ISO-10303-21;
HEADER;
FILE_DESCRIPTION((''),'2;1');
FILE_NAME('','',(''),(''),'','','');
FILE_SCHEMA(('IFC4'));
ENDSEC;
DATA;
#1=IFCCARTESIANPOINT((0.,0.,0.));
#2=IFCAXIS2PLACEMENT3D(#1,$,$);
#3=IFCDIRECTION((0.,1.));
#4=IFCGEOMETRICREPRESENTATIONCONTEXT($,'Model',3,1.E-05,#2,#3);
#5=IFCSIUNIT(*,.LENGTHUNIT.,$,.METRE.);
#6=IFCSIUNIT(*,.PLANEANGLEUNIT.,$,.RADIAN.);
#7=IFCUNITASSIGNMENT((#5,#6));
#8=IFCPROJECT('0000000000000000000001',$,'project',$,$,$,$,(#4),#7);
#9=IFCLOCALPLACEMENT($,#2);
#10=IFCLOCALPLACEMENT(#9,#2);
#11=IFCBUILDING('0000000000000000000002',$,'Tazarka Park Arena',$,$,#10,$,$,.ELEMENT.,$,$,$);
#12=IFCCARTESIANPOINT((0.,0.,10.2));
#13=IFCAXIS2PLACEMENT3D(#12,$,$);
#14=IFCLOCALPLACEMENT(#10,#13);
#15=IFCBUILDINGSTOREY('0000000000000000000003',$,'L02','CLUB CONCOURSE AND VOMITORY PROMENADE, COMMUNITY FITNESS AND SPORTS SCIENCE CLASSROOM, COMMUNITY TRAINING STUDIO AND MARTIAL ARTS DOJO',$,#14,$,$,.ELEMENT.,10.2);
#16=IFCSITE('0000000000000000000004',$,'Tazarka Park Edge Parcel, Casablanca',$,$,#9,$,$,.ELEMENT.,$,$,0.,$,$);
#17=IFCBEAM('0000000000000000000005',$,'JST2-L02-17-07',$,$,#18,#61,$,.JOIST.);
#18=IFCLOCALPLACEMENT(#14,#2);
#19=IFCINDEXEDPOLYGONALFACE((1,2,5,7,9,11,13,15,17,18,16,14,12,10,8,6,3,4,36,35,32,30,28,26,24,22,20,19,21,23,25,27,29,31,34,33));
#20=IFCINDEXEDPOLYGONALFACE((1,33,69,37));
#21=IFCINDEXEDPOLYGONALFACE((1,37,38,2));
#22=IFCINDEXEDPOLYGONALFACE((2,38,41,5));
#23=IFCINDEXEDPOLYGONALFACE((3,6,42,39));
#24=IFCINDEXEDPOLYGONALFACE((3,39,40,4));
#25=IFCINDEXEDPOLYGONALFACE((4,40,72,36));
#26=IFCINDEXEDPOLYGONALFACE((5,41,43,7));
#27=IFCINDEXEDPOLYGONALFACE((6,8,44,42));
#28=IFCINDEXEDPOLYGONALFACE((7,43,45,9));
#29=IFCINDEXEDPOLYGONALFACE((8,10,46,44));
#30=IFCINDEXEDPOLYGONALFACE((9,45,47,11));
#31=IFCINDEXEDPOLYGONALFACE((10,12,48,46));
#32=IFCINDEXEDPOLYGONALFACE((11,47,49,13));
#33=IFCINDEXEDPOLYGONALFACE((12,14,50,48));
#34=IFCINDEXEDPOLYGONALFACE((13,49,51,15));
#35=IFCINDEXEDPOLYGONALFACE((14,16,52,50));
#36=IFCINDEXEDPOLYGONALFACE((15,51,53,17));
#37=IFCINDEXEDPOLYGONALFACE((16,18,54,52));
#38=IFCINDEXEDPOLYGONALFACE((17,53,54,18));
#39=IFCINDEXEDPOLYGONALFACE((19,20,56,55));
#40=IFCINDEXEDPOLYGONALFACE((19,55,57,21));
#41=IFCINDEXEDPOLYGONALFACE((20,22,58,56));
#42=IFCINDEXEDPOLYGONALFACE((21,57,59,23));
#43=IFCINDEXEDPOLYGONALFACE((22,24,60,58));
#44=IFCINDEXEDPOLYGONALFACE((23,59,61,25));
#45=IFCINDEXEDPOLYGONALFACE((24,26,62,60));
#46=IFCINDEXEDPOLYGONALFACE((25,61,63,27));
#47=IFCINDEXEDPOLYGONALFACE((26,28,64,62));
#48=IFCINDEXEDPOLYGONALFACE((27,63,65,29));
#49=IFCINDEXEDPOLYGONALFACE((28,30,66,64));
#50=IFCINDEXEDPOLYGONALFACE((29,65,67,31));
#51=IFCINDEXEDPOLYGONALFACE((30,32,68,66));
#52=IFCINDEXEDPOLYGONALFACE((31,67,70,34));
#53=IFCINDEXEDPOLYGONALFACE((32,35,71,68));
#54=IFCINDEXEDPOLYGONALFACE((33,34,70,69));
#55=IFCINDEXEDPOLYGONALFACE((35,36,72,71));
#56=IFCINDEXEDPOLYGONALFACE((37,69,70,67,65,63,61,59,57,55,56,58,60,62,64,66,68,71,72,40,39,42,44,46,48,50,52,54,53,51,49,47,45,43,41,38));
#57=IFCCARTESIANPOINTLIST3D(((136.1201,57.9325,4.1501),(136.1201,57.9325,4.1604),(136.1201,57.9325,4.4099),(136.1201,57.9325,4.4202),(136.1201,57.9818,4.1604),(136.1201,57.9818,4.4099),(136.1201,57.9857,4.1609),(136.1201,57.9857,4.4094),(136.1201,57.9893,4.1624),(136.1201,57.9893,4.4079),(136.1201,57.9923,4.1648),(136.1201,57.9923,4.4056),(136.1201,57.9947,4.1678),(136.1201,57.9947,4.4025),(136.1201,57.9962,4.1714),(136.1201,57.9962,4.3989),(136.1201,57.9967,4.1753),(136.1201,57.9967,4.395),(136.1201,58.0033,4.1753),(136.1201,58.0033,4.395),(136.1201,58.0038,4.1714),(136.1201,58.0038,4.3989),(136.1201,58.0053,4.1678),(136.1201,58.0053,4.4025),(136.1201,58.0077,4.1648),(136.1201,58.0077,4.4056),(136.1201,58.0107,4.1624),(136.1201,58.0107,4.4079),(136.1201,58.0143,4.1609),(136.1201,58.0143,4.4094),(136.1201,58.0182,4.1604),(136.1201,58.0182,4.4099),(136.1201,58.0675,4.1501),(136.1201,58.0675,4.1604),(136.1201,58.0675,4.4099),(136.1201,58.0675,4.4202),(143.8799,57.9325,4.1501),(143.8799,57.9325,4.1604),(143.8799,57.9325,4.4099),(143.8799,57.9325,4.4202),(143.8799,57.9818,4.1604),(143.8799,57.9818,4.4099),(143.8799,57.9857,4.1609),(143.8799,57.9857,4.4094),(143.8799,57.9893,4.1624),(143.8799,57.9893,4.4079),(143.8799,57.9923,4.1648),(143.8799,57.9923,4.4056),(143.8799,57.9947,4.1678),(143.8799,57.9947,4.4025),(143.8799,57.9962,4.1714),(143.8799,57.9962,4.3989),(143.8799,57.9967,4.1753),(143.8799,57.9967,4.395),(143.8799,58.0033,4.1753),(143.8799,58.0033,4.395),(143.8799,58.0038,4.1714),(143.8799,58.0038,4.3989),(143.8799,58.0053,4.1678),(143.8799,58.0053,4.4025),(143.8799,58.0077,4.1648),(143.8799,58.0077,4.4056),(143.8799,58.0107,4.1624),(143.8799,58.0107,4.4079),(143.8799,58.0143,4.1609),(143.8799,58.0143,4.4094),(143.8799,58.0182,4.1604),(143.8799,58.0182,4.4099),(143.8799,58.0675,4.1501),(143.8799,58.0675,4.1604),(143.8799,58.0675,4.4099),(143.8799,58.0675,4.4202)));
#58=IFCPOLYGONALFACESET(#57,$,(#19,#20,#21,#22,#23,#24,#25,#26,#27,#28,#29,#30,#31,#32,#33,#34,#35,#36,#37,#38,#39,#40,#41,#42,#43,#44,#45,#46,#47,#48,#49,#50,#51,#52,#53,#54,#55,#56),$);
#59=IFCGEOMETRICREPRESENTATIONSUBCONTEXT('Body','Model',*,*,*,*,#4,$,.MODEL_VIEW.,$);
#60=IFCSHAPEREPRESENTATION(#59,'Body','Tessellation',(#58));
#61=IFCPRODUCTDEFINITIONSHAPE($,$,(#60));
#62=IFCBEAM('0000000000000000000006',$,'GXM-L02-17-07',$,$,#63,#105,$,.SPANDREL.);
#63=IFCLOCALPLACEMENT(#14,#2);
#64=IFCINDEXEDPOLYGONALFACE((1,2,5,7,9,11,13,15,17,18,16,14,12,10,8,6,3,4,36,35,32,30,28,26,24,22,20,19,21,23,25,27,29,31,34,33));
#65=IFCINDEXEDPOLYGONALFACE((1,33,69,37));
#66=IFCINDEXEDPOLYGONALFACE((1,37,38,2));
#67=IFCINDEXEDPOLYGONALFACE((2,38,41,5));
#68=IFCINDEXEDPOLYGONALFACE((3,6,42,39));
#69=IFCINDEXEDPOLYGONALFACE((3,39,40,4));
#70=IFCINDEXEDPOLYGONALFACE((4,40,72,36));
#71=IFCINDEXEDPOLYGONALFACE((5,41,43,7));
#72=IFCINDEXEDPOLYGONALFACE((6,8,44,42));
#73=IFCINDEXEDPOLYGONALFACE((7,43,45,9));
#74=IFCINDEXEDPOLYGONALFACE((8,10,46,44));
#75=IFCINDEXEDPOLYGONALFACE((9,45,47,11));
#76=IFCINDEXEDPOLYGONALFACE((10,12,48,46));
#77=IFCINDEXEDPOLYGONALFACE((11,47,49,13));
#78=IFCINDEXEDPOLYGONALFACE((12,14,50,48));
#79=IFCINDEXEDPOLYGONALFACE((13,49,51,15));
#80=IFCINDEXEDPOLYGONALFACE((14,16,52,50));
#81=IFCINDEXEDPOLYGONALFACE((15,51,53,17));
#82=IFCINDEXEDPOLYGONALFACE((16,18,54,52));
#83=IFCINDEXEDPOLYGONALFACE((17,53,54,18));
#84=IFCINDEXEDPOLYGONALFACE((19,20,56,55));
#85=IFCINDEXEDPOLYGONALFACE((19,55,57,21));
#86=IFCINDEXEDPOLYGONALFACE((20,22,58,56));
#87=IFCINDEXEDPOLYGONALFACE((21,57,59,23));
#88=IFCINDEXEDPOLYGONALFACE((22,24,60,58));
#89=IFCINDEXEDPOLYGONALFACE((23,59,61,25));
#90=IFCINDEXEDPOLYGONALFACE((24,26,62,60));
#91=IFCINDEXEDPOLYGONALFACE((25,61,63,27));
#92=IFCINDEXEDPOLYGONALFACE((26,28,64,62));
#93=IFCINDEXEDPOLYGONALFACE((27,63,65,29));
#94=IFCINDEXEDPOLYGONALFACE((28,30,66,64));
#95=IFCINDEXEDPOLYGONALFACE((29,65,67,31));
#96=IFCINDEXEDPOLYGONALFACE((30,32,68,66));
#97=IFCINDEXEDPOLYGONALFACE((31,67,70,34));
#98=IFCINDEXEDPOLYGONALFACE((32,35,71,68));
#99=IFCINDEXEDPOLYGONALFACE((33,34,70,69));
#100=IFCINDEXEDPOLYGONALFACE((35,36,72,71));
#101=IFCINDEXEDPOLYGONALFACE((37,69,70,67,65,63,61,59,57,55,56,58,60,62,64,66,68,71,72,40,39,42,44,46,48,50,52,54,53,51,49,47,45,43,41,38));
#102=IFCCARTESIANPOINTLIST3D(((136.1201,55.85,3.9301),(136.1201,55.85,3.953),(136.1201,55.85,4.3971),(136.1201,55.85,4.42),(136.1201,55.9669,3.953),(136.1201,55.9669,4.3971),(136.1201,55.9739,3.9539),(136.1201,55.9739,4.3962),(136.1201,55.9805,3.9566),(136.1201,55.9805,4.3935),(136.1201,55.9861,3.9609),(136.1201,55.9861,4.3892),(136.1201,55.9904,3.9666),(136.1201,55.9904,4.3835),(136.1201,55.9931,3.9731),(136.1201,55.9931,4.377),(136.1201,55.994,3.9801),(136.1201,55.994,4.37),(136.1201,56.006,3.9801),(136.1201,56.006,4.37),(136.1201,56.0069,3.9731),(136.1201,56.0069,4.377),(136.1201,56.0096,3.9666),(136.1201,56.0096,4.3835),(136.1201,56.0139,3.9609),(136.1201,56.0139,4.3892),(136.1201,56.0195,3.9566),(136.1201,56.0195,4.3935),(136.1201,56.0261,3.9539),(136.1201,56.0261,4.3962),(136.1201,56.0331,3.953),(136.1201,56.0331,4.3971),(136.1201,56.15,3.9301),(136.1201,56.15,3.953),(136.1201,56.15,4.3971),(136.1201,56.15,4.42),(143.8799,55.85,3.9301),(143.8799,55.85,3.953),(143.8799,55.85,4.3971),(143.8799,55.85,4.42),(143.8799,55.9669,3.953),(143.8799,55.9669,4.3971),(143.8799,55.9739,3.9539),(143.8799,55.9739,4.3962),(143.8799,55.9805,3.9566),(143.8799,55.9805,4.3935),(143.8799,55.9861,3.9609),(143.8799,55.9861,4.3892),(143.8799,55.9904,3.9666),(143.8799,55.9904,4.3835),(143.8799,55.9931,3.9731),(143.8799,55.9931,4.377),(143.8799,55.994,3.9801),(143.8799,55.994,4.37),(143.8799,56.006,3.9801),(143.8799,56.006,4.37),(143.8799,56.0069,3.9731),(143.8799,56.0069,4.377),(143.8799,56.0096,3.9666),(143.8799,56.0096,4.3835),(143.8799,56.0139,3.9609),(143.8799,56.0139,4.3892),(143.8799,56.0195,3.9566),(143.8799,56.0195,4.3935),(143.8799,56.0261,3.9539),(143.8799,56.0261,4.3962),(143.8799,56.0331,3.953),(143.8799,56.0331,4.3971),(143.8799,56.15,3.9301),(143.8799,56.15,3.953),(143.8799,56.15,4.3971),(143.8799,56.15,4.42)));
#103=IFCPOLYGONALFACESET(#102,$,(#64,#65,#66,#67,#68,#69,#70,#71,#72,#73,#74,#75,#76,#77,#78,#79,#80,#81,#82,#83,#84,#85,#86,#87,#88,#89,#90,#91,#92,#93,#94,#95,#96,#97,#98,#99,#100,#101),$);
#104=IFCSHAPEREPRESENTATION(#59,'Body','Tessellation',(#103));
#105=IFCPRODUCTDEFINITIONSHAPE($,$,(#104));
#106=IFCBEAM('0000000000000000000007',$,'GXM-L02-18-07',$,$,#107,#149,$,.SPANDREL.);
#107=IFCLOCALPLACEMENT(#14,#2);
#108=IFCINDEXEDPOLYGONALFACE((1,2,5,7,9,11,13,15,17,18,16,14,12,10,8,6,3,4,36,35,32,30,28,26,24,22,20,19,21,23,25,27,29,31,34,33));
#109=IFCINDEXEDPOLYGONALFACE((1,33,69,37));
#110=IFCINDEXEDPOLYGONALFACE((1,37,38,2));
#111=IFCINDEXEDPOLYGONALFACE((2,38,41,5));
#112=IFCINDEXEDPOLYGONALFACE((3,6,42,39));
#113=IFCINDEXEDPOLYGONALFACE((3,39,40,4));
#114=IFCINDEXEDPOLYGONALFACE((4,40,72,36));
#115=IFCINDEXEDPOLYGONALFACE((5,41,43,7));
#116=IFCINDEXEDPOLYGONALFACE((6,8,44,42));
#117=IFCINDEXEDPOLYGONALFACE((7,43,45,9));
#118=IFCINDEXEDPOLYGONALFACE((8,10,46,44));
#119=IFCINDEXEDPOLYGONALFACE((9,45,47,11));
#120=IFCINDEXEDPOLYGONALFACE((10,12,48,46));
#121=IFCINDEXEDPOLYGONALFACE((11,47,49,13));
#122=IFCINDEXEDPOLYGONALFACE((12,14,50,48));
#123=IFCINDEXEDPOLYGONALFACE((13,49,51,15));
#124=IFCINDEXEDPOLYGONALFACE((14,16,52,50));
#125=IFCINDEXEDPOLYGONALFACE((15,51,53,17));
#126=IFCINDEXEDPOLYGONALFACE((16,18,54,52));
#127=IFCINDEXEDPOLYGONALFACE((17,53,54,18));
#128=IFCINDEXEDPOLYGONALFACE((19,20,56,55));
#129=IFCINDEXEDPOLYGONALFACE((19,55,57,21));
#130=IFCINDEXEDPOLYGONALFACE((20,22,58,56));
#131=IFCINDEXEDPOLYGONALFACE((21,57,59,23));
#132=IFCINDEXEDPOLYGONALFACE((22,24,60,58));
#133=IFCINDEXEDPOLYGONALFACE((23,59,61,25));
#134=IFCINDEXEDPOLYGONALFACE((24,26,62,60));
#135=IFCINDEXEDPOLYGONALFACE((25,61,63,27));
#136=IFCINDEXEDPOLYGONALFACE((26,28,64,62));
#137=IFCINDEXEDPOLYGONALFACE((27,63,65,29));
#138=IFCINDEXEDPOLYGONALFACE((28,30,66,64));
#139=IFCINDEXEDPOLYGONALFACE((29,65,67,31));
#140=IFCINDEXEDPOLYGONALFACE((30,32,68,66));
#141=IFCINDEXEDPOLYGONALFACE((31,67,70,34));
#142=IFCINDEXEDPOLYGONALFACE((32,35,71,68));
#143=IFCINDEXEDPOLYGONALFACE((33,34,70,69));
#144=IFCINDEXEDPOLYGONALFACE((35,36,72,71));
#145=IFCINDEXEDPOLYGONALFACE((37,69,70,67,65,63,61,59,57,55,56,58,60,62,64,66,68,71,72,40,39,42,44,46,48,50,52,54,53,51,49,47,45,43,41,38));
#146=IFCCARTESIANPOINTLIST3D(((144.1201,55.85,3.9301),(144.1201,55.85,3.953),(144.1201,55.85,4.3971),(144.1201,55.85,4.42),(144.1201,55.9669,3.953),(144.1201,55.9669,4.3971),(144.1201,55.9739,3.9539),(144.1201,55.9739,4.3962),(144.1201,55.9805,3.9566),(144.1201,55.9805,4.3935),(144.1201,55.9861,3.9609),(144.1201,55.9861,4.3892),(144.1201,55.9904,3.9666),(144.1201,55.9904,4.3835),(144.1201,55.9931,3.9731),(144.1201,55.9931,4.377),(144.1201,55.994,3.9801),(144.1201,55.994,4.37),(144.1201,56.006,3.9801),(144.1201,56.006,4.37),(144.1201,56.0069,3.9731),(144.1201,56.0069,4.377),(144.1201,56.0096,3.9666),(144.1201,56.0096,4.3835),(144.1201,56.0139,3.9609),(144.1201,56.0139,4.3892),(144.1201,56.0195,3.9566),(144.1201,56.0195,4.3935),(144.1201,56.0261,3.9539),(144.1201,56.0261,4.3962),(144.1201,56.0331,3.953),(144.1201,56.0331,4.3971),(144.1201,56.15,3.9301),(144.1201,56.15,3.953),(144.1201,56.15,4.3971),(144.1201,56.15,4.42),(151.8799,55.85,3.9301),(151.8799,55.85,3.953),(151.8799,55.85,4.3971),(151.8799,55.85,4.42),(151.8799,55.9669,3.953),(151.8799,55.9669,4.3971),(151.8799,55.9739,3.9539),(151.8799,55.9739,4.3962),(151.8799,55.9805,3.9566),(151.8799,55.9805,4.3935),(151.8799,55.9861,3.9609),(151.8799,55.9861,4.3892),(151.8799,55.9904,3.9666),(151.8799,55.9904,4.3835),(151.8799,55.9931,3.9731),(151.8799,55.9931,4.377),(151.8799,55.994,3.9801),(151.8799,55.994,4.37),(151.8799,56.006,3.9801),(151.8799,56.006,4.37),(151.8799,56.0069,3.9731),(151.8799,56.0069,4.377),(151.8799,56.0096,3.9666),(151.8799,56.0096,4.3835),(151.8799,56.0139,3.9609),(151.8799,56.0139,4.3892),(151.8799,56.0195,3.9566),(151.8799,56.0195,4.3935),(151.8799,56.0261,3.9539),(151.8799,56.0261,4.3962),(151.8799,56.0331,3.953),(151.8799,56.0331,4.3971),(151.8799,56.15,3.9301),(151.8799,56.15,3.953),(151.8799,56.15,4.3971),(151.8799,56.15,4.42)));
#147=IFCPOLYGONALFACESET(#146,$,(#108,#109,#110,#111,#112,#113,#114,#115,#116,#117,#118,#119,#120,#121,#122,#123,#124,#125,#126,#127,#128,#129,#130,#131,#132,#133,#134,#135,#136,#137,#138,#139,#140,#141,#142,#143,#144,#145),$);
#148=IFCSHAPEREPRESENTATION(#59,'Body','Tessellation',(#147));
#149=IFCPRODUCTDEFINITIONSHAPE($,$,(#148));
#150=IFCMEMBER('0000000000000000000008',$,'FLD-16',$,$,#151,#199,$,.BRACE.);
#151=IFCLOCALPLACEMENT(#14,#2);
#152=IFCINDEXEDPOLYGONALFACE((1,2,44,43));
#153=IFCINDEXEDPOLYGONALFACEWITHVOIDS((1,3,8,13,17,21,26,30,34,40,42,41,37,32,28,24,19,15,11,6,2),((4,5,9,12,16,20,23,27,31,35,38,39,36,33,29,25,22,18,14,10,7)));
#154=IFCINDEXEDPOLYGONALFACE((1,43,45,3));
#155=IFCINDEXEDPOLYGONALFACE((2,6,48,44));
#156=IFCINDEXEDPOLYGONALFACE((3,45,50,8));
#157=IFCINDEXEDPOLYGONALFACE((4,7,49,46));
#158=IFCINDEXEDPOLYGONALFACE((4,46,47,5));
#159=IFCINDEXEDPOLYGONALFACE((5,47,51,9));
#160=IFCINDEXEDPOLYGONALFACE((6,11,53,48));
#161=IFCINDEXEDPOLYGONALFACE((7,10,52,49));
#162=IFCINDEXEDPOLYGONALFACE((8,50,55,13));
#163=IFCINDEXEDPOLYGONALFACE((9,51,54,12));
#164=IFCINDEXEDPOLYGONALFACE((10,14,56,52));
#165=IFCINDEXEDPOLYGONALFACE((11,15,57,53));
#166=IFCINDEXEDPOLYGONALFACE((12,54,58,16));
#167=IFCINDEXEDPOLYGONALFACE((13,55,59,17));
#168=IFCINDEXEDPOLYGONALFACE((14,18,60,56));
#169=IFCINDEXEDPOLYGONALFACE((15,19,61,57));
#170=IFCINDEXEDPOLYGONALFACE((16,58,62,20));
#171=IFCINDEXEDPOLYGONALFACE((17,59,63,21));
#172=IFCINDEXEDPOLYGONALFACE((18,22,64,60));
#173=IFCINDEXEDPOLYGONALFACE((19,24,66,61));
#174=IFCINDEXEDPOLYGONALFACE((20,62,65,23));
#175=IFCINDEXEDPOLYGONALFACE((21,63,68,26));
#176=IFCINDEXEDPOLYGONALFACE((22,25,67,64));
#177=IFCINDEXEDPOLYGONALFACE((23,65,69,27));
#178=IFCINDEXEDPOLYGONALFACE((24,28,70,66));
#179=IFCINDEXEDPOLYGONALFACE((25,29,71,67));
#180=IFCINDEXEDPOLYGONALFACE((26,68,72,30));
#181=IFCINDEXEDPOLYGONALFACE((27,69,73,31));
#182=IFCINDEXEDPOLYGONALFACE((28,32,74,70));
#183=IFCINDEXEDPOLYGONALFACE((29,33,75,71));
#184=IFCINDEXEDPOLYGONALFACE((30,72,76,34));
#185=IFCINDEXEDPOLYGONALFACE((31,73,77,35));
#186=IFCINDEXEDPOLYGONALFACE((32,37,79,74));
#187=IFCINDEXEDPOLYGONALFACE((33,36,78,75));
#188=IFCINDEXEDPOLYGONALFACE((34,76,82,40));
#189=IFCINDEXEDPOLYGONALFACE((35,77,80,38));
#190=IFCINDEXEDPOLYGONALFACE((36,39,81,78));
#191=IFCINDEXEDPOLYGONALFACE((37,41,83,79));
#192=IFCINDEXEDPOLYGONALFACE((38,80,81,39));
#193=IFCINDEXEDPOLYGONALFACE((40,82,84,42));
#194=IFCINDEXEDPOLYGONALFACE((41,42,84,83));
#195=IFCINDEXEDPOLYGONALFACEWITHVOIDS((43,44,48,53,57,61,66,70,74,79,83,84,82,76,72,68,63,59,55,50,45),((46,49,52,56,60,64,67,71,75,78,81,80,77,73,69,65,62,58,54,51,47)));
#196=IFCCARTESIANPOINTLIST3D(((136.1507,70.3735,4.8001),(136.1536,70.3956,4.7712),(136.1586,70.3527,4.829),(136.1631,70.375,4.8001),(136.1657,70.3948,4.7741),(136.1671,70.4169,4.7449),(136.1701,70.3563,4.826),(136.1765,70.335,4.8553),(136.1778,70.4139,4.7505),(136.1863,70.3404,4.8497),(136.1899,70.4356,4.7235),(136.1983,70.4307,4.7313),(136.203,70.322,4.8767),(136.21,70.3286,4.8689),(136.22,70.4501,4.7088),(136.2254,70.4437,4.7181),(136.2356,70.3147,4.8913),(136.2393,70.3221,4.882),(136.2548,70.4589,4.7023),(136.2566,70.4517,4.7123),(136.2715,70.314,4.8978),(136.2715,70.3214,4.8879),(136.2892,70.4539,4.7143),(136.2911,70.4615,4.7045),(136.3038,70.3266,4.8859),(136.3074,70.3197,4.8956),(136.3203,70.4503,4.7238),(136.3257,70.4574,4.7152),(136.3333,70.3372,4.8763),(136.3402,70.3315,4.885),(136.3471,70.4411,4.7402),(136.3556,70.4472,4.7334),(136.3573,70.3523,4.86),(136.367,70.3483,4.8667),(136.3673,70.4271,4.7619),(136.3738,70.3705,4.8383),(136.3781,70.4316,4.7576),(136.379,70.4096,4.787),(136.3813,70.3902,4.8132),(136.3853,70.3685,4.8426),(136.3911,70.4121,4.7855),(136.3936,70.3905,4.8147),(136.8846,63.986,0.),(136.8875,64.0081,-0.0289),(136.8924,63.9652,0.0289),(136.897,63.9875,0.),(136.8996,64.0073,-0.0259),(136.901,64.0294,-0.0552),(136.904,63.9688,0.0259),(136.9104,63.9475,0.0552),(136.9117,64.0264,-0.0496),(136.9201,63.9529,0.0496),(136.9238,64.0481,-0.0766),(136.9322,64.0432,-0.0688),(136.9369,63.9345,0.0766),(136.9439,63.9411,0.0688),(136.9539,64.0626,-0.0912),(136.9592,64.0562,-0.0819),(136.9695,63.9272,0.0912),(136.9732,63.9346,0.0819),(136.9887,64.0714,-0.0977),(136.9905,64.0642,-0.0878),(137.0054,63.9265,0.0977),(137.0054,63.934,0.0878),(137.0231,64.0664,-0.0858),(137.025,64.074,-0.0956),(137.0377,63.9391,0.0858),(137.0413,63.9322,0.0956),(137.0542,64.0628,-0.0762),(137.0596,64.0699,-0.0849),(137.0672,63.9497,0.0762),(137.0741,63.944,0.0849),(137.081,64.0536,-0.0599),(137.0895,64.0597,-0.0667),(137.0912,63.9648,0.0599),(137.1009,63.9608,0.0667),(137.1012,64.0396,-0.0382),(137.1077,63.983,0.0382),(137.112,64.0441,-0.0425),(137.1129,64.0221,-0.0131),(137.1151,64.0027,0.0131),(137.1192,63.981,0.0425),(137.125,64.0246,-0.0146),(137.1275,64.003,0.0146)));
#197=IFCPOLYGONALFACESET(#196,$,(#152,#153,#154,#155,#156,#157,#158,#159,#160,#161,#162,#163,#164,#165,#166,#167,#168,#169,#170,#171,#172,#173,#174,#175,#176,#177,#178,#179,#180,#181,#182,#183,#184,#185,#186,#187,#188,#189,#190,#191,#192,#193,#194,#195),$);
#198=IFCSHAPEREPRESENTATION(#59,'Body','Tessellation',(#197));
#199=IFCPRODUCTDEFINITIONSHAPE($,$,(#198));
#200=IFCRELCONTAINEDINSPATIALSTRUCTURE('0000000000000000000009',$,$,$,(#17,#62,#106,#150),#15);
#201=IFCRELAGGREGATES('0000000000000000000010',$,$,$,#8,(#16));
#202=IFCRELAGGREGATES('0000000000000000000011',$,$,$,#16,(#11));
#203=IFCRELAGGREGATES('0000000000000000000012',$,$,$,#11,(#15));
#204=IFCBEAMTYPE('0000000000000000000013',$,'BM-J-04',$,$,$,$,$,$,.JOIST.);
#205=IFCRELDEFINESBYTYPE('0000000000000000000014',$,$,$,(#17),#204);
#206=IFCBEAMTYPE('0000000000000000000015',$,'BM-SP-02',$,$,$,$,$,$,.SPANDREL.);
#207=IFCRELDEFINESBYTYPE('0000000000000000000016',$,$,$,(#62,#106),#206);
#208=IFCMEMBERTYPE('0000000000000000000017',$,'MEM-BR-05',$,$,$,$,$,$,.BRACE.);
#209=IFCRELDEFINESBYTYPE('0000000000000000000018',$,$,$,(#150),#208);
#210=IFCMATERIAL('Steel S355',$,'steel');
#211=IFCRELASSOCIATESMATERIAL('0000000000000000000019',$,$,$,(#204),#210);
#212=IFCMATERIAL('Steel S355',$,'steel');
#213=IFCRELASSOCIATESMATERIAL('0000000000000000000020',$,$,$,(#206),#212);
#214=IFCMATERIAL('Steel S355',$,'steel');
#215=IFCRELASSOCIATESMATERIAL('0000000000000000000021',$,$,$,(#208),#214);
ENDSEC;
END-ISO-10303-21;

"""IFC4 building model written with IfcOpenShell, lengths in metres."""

from ifc_helpers import new_model, si_unit, direction, frame, origin, origin_2d, place, context, subcontext, project, spatial, hollow_circle, i_section, extrude, material, material_profile, profile_set, type_object, element, save


model = new_model("IFC4")

# Units and contexts
model_context = context("Model", 3, precision=1e-05, world=origin(), true_north=direction((0.0, 1.0)))
body_context = subcontext(model_context, "Body", "Model", "MODEL_VIEW")
ifc_project = project(units=[si_unit("LENGTHUNIT", "METRE"), si_unit("PLANEANGLEUNIT", "RADIAN")], contexts=[model_context])

# Site, building, storey
site_placement = place(None, origin())
site = spatial("IfcSite", under=ifc_project, at=site_placement, Name="Tazarka Park Edge Parcel, Casablanca", CompositionType="ELEMENT", RefElevation=0.0)
building_placement = place(site_placement, origin())
building = spatial("IfcBuilding", under=site, at=building_placement, Name="Tazarka Park Arena", CompositionType="ELEMENT")
storey_placement = place(building_placement, frame((0.0, 0.0, 10.2)))
storey = spatial("IfcBuildingStorey", under=building, at=storey_placement, Name="L02", Description="CLUB CONCOURSE AND VOMITORY PROMENADE, COMMUNITY FITNESS AND SPORTS SCIENCE CLASSROOM, COMMUNITY TRAINING STUDIO AND MARTIAL ARTS DOJO", CompositionType="ELEMENT", Elevation=10.2)

# Beams
ifc_material_1 = material(Name="Steel S355", Category="steel")
ifc_material_profile_1 = material_profile(ifc_material_1, i_section(OverallWidth=0.135, OverallDepth=0.27, WebThickness=0.0066, FlangeThickness=0.0103, FilletRadius=0.0149, at=origin_2d()), Name="Steel S355")
ifc_profile_set_1 = profile_set([ifc_material_profile_1], Name="Steel S355")
beam_type_1 = type_object("IfcBeamType", Name="BM-J-04", PredefinedType="JOIST", material=ifc_profile_set_1)
beam_1_placement = place(storey_placement, frame((136.1201, 58.0, 4.2852), z_axis=(1.0, 0.0, 0.0), x_axis=(0.0, 1.0, 0.0)))
element("IfcBeam", 1, at=beam_1_placement, inside=storey, type_object=beam_type_1, Name="JST2-L02-17-07", PredefinedType="JOIST", context=body_context, shape_type="SweptSolid", body=[
    extrude(i_section(OverallWidth=0.135, OverallDepth=0.27, WebThickness=0.0066, FlangeThickness=0.0103, FilletRadius=0.0149, at=origin_2d()), origin(), (0.0, 0.0, 1.0), 7.7598),
])
ifc_material_2 = material(Name="Steel S355", Category="steel")
ifc_material_profile_2 = material_profile(ifc_material_2, i_section(OverallWidth=0.3, OverallDepth=0.49, WebThickness=0.012, FlangeThickness=0.0229, FilletRadius=0.0271, at=origin_2d()), Name="Steel S355")
ifc_profile_set_2 = profile_set([ifc_material_profile_2], Name="Steel S355")
beam_type_2 = type_object("IfcBeamType", Name="BM-SP-02", PredefinedType="SPANDREL", material=ifc_profile_set_2)
for number, where, z_axis, x_axis, name in (
    (2, (136.1201, 56.0, 4.175), (1.0, 0.0, 0.0), (0.0, 1.0, 0.0), "GXM-L02-17-07"),
    (3, (144.1201, 56.0, 4.175), (1.0, 0.0, 0.0), (0.0, 1.0, 0.0), "GXM-L02-18-07"),
):
    element("IfcBeam", number, at=place(storey_placement, frame(where, z_axis=z_axis, x_axis=x_axis)), inside=storey, type_object=beam_type_2, Name=name, PredefinedType="SPANDREL", context=body_context, shape_type="SweptSolid", body=[
        extrude(i_section(OverallWidth=0.3, OverallDepth=0.49, WebThickness=0.012, FlangeThickness=0.0229, FilletRadius=0.0271, at=origin_2d()), origin(), (0.0, 0.0, 1.0), 7.7598),
    ])

# Member
ifc_material_3 = material(Name="Steel S355", Category="steel")
ifc_material_profile_3 = material_profile(ifc_material_3, hollow_circle(Radius=0.1223, WallThickness=0.0125, at=origin_2d()), Name="Steel S355")
ifc_profile_set_3 = profile_set([ifc_material_profile_3], Name="Steel S355")
member_type_1 = type_object("IfcMemberType", Name="MEM-BR-05", PredefinedType="BRACE", material=ifc_profile_set_3)
member_1_placement = place(storey_placement, frame((137.0061, 64.0, 0.0), z_axis=(-0.091466, 0.79608, 0.598239), x_axis=(-0.993464, -0.114144, 0.0)))
element("IfcMember", 4, at=member_1_placement, inside=storey, type_object=member_type_1, Name="FLD-16", PredefinedType="BRACE", context=body_context, shape_type="SweptSolid", body=[
    extrude(hollow_circle(Radius=0.1223, WallThickness=0.0125, at=origin_2d()), origin(), (0.0, 0.0, 1.0), 8.0237),
])

save(model, "model.ifc")
